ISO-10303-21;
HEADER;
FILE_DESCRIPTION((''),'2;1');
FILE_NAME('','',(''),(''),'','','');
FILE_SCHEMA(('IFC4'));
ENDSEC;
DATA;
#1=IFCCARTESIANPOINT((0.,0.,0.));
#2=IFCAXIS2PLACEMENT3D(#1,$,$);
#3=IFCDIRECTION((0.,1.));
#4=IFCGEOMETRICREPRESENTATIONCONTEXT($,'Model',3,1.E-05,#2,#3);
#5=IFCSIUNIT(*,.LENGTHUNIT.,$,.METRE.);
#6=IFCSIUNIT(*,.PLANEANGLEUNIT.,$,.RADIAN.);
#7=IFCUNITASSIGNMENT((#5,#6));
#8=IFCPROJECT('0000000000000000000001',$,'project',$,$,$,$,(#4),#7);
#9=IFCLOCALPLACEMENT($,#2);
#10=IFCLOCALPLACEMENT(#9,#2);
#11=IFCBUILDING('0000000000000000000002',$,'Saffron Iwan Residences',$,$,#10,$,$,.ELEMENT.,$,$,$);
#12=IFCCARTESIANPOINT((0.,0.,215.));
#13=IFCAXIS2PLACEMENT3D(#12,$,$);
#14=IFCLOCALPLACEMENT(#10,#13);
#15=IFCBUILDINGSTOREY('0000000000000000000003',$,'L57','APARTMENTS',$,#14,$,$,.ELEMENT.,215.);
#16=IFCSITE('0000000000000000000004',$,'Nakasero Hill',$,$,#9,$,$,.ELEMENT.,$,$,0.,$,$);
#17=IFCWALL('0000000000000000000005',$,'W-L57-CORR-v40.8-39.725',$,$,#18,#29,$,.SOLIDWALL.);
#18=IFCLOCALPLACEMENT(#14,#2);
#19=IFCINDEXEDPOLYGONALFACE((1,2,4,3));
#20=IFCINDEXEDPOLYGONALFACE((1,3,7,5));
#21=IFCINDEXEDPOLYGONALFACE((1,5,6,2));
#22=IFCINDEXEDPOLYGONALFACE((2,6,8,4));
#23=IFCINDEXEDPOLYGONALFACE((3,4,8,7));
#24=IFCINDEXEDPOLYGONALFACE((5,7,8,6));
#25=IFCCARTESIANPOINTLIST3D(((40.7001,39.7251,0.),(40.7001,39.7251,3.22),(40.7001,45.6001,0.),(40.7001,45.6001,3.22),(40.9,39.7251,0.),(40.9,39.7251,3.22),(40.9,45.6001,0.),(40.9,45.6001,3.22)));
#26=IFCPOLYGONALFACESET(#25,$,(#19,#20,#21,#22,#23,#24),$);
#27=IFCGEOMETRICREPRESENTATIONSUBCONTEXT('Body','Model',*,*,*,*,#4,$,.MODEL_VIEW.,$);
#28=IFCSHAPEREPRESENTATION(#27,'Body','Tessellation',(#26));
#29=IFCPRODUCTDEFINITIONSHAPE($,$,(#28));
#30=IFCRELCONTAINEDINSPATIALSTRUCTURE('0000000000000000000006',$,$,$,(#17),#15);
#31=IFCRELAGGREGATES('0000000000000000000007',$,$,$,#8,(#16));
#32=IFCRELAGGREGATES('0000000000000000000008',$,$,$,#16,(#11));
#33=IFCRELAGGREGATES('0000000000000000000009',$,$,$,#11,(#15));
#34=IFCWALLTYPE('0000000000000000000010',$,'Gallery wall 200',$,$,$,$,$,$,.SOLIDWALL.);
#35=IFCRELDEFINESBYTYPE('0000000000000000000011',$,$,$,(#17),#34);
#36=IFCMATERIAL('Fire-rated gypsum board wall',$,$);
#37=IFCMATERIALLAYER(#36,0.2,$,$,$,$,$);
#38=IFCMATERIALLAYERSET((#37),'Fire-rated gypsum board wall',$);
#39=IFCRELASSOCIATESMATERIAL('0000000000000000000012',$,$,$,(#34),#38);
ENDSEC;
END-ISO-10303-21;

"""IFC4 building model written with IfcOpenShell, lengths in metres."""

from ifc_helpers import new_model, si_unit, direction, frame, frame_2d, origin, place, context, subcontext, project, spatial, rectangle, extrude, material, layer, layer_set, type_object, element, save


model = new_model("IFC4")

# Units and contexts
model_context = context("Model", 3, precision=1e-05, world=origin(), true_north=direction((0.0, 1.0)))
body_context = subcontext(model_context, "Body", "Model", "MODEL_VIEW")
ifc_project = project(units=[si_unit("LENGTHUNIT", "METRE"), si_unit("PLANEANGLEUNIT", "RADIAN")], contexts=[model_context])

# Site, building, storey
site_placement = place(None, origin())
site = spatial("IfcSite", under=ifc_project, at=site_placement, Name="Nakasero Hill", CompositionType="ELEMENT", RefElevation=0.0)
building_placement = place(site_placement, origin())
building = spatial("IfcBuilding", under=site, at=building_placement, Name="Saffron Iwan Residences", CompositionType="ELEMENT")
storey_placement = place(building_placement, frame((0.0, 0.0, 215.0)))
storey = spatial("IfcBuildingStorey", under=building, at=storey_placement, Name="L57", Description="APARTMENTS", CompositionType="ELEMENT", Elevation=215.0)

# Shared definitions
ifc_material_1 = material(Name="Fire-rated gypsum board wall")
ifc_layer_1 = layer(ifc_material_1, 0.2)
ifc_layer_set_1 = layer_set([ifc_layer_1], Name="Fire-rated gypsum board wall")
wall_type_1 = type_object("IfcWallType", Name="Gallery wall 200", PredefinedType="SOLIDWALL", material=ifc_layer_set_1)

# Wall
wall_1_placement = place(storey_placement, frame((40.8, 39.7251, 0.0), z_axis=(0.0, 0.0, 1.0), x_axis=(0.0, 1.0, 0.0)))
element("IfcWall", 1, at=wall_1_placement, inside=storey, type_object=wall_type_1, Name="W-L57-CORR-v40.8-39.725", PredefinedType="SOLIDWALL", context=body_context, shape_type="SweptSolid", body=[
    extrude(rectangle(XDim=5.875, YDim=0.2, at=frame_2d((2.9375, 0.0))), origin(), (0.0, 0.0, 1.0), 3.22),
])

save(model, "model.ifc")
